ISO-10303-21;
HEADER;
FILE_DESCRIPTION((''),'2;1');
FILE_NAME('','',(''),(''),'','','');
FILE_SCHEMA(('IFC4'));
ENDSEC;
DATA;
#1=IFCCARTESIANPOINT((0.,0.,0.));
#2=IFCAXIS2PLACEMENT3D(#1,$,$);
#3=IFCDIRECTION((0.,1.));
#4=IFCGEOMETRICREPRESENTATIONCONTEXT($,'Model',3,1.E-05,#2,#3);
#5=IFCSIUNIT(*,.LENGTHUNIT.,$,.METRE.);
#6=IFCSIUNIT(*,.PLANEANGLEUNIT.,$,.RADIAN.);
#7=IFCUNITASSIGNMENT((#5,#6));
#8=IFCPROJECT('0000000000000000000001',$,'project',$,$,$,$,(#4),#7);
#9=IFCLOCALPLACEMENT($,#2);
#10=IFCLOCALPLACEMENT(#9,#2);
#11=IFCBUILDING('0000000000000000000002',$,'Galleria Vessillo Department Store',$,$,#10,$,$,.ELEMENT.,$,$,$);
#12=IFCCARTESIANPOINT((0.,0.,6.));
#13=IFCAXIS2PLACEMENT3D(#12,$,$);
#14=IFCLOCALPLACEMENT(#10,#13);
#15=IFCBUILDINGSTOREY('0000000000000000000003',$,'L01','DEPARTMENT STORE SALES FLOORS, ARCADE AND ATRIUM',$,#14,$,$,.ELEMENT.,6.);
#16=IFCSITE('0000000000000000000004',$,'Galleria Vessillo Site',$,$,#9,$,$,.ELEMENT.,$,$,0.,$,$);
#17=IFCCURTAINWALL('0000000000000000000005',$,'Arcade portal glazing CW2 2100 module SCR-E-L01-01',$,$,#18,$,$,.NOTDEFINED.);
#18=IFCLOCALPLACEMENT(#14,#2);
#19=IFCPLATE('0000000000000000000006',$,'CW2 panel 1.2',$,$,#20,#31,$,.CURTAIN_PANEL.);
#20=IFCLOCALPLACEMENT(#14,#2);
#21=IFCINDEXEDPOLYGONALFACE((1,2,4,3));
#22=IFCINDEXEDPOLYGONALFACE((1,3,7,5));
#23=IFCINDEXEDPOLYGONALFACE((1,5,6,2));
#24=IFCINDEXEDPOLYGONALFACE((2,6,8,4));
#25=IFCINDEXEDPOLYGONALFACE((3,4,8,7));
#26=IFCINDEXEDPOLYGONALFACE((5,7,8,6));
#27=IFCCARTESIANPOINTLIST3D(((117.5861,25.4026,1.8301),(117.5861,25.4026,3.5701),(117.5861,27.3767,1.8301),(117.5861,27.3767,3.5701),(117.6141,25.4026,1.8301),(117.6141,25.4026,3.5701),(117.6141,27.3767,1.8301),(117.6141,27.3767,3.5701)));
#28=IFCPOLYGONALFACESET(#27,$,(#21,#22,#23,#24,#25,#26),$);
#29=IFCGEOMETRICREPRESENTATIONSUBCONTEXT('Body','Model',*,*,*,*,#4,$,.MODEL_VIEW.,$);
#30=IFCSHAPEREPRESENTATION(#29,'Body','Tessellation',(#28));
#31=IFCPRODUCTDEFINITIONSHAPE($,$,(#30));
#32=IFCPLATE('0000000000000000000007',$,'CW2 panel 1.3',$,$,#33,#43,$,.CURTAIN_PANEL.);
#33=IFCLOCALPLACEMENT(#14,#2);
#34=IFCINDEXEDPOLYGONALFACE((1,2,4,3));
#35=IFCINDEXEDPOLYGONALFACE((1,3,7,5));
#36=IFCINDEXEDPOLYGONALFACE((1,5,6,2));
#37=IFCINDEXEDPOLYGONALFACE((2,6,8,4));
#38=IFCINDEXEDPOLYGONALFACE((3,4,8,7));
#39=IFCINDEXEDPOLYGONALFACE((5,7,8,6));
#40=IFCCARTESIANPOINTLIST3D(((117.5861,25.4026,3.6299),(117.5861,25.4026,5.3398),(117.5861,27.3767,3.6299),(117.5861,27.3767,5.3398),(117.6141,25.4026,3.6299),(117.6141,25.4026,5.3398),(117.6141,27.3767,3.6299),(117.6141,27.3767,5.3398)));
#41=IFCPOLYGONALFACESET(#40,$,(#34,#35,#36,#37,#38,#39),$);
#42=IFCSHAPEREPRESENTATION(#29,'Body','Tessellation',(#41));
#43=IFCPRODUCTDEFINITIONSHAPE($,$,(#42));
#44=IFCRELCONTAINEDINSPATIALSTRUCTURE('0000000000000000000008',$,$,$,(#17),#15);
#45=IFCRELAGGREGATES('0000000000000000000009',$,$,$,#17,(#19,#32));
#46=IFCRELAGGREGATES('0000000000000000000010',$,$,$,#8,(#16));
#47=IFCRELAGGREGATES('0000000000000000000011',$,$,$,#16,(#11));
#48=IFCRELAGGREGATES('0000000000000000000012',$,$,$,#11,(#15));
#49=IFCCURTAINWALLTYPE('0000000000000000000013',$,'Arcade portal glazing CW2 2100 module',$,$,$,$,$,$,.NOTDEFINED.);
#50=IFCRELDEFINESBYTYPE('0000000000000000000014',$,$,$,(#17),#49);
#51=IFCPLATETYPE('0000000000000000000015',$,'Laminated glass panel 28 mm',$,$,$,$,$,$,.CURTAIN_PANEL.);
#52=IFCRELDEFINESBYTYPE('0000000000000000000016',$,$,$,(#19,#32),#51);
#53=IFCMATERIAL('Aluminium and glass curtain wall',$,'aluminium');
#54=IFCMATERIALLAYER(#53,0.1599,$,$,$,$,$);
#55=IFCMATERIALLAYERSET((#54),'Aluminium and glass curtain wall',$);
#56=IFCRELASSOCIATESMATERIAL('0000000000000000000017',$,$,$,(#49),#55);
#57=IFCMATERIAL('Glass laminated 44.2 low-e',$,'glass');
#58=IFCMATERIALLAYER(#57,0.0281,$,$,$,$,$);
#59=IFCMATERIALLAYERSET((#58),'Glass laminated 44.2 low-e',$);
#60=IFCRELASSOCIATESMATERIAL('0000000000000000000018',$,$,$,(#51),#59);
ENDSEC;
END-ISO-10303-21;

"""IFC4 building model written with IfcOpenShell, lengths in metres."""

from ifc_helpers import new_model, si_unit, direction, frame, origin, origin_2d, place, context, subcontext, project, spatial, rectangle, extrude, material, layer, layer_set, type_object, element, aggregate, save


model = new_model("IFC4")

# Units and contexts
model_context = context("Model", 3, precision=1e-05, world=origin(), true_north=direction((0.0, 1.0)))
body_context = subcontext(model_context, "Body", "Model", "MODEL_VIEW")
ifc_project = project(units=[si_unit("LENGTHUNIT", "METRE"), si_unit("PLANEANGLEUNIT", "RADIAN")], contexts=[model_context])

# Site, building, storey
site_placement = place(None, origin())
site = spatial("IfcSite", under=ifc_project, at=site_placement, Name="Galleria Vessillo Site", CompositionType="ELEMENT", RefElevation=0.0)
building_placement = place(site_placement, origin())
building = spatial("IfcBuilding", under=site, at=building_placement, Name="Galleria Vessillo Department Store", CompositionType="ELEMENT")
storey_placement = place(building_placement, frame((0.0, 0.0, 6.0)))
storey = spatial("IfcBuildingStorey", under=building, at=storey_placement, Name="L01", Description="DEPARTMENT STORE SALES FLOORS, ARCADE AND ATRIUM", CompositionType="ELEMENT", Elevation=6.0)

# Curtain wall
ifc_material_1 = material(Name="Aluminium and glass curtain wall", Category="aluminium")
ifc_layer_1 = layer(ifc_material_1, 0.1599)
ifc_layer_set_1 = layer_set([ifc_layer_1], Name="Aluminium and glass curtain wall")
curtain_wall_type_1 = type_object("IfcCurtainWallType", Name="Arcade portal glazing CW2 2100 module", PredefinedType="NOTDEFINED", material=ifc_layer_set_1)
curtain_wall_1_placement = place(storey_placement, origin())
curtain_wall_1 = element("IfcCurtainWall", 1, at=curtain_wall_1_placement, inside=storey, type_object=curtain_wall_type_1, Name="Arcade portal glazing CW2 2100 module SCR-E-L01-01", PredefinedType="NOTDEFINED")

# Plates
ifc_material_2 = material(Name="Glass laminated 44.2 low-e", Category="glass")
ifc_layer_2 = layer(ifc_material_2, 0.0281)
ifc_layer_set_2 = layer_set([ifc_layer_2], Name="Glass laminated 44.2 low-e")
plate_type_1 = type_object("IfcPlateType", Name="Laminated glass panel 28 mm", PredefinedType="CURTAIN_PANEL", material=ifc_layer_set_2)
plate_1_placement = place(storey_placement, frame((117.6001, 26.3896, 1.8301), z_axis=(0.0, 0.0, 1.0), x_axis=(0.0, 1.0, 0.0)))
plate_1 = element("IfcPlate", 2, at=plate_1_placement, type_object=plate_type_1, Name="CW2 panel 1.2", PredefinedType="CURTAIN_PANEL", context=body_context, shape_type="SweptSolid", body=[
    extrude(rectangle(XDim=1.9741, YDim=0.0281, at=origin_2d()), origin(), (0.0, 0.0, 1.0), 1.74),
])
plate_2_placement = place(storey_placement, frame((117.6001, 26.3896, 3.6299), z_axis=(0.0, 0.0, 1.0), x_axis=(0.0, 1.0, 0.0)))
plate_2 = element("IfcPlate", 3, at=plate_2_placement, type_object=plate_type_1, Name="CW2 panel 1.3", PredefinedType="CURTAIN_PANEL", context=body_context, shape_type="SweptSolid", body=[
    extrude(rectangle(XDim=1.9741, YDim=0.0281, at=origin_2d()), origin(), (0.0, 0.0, 1.0), 1.71),
])
aggregate(curtain_wall_1, [plate_1, plate_2])

save(model, "model.ifc")
